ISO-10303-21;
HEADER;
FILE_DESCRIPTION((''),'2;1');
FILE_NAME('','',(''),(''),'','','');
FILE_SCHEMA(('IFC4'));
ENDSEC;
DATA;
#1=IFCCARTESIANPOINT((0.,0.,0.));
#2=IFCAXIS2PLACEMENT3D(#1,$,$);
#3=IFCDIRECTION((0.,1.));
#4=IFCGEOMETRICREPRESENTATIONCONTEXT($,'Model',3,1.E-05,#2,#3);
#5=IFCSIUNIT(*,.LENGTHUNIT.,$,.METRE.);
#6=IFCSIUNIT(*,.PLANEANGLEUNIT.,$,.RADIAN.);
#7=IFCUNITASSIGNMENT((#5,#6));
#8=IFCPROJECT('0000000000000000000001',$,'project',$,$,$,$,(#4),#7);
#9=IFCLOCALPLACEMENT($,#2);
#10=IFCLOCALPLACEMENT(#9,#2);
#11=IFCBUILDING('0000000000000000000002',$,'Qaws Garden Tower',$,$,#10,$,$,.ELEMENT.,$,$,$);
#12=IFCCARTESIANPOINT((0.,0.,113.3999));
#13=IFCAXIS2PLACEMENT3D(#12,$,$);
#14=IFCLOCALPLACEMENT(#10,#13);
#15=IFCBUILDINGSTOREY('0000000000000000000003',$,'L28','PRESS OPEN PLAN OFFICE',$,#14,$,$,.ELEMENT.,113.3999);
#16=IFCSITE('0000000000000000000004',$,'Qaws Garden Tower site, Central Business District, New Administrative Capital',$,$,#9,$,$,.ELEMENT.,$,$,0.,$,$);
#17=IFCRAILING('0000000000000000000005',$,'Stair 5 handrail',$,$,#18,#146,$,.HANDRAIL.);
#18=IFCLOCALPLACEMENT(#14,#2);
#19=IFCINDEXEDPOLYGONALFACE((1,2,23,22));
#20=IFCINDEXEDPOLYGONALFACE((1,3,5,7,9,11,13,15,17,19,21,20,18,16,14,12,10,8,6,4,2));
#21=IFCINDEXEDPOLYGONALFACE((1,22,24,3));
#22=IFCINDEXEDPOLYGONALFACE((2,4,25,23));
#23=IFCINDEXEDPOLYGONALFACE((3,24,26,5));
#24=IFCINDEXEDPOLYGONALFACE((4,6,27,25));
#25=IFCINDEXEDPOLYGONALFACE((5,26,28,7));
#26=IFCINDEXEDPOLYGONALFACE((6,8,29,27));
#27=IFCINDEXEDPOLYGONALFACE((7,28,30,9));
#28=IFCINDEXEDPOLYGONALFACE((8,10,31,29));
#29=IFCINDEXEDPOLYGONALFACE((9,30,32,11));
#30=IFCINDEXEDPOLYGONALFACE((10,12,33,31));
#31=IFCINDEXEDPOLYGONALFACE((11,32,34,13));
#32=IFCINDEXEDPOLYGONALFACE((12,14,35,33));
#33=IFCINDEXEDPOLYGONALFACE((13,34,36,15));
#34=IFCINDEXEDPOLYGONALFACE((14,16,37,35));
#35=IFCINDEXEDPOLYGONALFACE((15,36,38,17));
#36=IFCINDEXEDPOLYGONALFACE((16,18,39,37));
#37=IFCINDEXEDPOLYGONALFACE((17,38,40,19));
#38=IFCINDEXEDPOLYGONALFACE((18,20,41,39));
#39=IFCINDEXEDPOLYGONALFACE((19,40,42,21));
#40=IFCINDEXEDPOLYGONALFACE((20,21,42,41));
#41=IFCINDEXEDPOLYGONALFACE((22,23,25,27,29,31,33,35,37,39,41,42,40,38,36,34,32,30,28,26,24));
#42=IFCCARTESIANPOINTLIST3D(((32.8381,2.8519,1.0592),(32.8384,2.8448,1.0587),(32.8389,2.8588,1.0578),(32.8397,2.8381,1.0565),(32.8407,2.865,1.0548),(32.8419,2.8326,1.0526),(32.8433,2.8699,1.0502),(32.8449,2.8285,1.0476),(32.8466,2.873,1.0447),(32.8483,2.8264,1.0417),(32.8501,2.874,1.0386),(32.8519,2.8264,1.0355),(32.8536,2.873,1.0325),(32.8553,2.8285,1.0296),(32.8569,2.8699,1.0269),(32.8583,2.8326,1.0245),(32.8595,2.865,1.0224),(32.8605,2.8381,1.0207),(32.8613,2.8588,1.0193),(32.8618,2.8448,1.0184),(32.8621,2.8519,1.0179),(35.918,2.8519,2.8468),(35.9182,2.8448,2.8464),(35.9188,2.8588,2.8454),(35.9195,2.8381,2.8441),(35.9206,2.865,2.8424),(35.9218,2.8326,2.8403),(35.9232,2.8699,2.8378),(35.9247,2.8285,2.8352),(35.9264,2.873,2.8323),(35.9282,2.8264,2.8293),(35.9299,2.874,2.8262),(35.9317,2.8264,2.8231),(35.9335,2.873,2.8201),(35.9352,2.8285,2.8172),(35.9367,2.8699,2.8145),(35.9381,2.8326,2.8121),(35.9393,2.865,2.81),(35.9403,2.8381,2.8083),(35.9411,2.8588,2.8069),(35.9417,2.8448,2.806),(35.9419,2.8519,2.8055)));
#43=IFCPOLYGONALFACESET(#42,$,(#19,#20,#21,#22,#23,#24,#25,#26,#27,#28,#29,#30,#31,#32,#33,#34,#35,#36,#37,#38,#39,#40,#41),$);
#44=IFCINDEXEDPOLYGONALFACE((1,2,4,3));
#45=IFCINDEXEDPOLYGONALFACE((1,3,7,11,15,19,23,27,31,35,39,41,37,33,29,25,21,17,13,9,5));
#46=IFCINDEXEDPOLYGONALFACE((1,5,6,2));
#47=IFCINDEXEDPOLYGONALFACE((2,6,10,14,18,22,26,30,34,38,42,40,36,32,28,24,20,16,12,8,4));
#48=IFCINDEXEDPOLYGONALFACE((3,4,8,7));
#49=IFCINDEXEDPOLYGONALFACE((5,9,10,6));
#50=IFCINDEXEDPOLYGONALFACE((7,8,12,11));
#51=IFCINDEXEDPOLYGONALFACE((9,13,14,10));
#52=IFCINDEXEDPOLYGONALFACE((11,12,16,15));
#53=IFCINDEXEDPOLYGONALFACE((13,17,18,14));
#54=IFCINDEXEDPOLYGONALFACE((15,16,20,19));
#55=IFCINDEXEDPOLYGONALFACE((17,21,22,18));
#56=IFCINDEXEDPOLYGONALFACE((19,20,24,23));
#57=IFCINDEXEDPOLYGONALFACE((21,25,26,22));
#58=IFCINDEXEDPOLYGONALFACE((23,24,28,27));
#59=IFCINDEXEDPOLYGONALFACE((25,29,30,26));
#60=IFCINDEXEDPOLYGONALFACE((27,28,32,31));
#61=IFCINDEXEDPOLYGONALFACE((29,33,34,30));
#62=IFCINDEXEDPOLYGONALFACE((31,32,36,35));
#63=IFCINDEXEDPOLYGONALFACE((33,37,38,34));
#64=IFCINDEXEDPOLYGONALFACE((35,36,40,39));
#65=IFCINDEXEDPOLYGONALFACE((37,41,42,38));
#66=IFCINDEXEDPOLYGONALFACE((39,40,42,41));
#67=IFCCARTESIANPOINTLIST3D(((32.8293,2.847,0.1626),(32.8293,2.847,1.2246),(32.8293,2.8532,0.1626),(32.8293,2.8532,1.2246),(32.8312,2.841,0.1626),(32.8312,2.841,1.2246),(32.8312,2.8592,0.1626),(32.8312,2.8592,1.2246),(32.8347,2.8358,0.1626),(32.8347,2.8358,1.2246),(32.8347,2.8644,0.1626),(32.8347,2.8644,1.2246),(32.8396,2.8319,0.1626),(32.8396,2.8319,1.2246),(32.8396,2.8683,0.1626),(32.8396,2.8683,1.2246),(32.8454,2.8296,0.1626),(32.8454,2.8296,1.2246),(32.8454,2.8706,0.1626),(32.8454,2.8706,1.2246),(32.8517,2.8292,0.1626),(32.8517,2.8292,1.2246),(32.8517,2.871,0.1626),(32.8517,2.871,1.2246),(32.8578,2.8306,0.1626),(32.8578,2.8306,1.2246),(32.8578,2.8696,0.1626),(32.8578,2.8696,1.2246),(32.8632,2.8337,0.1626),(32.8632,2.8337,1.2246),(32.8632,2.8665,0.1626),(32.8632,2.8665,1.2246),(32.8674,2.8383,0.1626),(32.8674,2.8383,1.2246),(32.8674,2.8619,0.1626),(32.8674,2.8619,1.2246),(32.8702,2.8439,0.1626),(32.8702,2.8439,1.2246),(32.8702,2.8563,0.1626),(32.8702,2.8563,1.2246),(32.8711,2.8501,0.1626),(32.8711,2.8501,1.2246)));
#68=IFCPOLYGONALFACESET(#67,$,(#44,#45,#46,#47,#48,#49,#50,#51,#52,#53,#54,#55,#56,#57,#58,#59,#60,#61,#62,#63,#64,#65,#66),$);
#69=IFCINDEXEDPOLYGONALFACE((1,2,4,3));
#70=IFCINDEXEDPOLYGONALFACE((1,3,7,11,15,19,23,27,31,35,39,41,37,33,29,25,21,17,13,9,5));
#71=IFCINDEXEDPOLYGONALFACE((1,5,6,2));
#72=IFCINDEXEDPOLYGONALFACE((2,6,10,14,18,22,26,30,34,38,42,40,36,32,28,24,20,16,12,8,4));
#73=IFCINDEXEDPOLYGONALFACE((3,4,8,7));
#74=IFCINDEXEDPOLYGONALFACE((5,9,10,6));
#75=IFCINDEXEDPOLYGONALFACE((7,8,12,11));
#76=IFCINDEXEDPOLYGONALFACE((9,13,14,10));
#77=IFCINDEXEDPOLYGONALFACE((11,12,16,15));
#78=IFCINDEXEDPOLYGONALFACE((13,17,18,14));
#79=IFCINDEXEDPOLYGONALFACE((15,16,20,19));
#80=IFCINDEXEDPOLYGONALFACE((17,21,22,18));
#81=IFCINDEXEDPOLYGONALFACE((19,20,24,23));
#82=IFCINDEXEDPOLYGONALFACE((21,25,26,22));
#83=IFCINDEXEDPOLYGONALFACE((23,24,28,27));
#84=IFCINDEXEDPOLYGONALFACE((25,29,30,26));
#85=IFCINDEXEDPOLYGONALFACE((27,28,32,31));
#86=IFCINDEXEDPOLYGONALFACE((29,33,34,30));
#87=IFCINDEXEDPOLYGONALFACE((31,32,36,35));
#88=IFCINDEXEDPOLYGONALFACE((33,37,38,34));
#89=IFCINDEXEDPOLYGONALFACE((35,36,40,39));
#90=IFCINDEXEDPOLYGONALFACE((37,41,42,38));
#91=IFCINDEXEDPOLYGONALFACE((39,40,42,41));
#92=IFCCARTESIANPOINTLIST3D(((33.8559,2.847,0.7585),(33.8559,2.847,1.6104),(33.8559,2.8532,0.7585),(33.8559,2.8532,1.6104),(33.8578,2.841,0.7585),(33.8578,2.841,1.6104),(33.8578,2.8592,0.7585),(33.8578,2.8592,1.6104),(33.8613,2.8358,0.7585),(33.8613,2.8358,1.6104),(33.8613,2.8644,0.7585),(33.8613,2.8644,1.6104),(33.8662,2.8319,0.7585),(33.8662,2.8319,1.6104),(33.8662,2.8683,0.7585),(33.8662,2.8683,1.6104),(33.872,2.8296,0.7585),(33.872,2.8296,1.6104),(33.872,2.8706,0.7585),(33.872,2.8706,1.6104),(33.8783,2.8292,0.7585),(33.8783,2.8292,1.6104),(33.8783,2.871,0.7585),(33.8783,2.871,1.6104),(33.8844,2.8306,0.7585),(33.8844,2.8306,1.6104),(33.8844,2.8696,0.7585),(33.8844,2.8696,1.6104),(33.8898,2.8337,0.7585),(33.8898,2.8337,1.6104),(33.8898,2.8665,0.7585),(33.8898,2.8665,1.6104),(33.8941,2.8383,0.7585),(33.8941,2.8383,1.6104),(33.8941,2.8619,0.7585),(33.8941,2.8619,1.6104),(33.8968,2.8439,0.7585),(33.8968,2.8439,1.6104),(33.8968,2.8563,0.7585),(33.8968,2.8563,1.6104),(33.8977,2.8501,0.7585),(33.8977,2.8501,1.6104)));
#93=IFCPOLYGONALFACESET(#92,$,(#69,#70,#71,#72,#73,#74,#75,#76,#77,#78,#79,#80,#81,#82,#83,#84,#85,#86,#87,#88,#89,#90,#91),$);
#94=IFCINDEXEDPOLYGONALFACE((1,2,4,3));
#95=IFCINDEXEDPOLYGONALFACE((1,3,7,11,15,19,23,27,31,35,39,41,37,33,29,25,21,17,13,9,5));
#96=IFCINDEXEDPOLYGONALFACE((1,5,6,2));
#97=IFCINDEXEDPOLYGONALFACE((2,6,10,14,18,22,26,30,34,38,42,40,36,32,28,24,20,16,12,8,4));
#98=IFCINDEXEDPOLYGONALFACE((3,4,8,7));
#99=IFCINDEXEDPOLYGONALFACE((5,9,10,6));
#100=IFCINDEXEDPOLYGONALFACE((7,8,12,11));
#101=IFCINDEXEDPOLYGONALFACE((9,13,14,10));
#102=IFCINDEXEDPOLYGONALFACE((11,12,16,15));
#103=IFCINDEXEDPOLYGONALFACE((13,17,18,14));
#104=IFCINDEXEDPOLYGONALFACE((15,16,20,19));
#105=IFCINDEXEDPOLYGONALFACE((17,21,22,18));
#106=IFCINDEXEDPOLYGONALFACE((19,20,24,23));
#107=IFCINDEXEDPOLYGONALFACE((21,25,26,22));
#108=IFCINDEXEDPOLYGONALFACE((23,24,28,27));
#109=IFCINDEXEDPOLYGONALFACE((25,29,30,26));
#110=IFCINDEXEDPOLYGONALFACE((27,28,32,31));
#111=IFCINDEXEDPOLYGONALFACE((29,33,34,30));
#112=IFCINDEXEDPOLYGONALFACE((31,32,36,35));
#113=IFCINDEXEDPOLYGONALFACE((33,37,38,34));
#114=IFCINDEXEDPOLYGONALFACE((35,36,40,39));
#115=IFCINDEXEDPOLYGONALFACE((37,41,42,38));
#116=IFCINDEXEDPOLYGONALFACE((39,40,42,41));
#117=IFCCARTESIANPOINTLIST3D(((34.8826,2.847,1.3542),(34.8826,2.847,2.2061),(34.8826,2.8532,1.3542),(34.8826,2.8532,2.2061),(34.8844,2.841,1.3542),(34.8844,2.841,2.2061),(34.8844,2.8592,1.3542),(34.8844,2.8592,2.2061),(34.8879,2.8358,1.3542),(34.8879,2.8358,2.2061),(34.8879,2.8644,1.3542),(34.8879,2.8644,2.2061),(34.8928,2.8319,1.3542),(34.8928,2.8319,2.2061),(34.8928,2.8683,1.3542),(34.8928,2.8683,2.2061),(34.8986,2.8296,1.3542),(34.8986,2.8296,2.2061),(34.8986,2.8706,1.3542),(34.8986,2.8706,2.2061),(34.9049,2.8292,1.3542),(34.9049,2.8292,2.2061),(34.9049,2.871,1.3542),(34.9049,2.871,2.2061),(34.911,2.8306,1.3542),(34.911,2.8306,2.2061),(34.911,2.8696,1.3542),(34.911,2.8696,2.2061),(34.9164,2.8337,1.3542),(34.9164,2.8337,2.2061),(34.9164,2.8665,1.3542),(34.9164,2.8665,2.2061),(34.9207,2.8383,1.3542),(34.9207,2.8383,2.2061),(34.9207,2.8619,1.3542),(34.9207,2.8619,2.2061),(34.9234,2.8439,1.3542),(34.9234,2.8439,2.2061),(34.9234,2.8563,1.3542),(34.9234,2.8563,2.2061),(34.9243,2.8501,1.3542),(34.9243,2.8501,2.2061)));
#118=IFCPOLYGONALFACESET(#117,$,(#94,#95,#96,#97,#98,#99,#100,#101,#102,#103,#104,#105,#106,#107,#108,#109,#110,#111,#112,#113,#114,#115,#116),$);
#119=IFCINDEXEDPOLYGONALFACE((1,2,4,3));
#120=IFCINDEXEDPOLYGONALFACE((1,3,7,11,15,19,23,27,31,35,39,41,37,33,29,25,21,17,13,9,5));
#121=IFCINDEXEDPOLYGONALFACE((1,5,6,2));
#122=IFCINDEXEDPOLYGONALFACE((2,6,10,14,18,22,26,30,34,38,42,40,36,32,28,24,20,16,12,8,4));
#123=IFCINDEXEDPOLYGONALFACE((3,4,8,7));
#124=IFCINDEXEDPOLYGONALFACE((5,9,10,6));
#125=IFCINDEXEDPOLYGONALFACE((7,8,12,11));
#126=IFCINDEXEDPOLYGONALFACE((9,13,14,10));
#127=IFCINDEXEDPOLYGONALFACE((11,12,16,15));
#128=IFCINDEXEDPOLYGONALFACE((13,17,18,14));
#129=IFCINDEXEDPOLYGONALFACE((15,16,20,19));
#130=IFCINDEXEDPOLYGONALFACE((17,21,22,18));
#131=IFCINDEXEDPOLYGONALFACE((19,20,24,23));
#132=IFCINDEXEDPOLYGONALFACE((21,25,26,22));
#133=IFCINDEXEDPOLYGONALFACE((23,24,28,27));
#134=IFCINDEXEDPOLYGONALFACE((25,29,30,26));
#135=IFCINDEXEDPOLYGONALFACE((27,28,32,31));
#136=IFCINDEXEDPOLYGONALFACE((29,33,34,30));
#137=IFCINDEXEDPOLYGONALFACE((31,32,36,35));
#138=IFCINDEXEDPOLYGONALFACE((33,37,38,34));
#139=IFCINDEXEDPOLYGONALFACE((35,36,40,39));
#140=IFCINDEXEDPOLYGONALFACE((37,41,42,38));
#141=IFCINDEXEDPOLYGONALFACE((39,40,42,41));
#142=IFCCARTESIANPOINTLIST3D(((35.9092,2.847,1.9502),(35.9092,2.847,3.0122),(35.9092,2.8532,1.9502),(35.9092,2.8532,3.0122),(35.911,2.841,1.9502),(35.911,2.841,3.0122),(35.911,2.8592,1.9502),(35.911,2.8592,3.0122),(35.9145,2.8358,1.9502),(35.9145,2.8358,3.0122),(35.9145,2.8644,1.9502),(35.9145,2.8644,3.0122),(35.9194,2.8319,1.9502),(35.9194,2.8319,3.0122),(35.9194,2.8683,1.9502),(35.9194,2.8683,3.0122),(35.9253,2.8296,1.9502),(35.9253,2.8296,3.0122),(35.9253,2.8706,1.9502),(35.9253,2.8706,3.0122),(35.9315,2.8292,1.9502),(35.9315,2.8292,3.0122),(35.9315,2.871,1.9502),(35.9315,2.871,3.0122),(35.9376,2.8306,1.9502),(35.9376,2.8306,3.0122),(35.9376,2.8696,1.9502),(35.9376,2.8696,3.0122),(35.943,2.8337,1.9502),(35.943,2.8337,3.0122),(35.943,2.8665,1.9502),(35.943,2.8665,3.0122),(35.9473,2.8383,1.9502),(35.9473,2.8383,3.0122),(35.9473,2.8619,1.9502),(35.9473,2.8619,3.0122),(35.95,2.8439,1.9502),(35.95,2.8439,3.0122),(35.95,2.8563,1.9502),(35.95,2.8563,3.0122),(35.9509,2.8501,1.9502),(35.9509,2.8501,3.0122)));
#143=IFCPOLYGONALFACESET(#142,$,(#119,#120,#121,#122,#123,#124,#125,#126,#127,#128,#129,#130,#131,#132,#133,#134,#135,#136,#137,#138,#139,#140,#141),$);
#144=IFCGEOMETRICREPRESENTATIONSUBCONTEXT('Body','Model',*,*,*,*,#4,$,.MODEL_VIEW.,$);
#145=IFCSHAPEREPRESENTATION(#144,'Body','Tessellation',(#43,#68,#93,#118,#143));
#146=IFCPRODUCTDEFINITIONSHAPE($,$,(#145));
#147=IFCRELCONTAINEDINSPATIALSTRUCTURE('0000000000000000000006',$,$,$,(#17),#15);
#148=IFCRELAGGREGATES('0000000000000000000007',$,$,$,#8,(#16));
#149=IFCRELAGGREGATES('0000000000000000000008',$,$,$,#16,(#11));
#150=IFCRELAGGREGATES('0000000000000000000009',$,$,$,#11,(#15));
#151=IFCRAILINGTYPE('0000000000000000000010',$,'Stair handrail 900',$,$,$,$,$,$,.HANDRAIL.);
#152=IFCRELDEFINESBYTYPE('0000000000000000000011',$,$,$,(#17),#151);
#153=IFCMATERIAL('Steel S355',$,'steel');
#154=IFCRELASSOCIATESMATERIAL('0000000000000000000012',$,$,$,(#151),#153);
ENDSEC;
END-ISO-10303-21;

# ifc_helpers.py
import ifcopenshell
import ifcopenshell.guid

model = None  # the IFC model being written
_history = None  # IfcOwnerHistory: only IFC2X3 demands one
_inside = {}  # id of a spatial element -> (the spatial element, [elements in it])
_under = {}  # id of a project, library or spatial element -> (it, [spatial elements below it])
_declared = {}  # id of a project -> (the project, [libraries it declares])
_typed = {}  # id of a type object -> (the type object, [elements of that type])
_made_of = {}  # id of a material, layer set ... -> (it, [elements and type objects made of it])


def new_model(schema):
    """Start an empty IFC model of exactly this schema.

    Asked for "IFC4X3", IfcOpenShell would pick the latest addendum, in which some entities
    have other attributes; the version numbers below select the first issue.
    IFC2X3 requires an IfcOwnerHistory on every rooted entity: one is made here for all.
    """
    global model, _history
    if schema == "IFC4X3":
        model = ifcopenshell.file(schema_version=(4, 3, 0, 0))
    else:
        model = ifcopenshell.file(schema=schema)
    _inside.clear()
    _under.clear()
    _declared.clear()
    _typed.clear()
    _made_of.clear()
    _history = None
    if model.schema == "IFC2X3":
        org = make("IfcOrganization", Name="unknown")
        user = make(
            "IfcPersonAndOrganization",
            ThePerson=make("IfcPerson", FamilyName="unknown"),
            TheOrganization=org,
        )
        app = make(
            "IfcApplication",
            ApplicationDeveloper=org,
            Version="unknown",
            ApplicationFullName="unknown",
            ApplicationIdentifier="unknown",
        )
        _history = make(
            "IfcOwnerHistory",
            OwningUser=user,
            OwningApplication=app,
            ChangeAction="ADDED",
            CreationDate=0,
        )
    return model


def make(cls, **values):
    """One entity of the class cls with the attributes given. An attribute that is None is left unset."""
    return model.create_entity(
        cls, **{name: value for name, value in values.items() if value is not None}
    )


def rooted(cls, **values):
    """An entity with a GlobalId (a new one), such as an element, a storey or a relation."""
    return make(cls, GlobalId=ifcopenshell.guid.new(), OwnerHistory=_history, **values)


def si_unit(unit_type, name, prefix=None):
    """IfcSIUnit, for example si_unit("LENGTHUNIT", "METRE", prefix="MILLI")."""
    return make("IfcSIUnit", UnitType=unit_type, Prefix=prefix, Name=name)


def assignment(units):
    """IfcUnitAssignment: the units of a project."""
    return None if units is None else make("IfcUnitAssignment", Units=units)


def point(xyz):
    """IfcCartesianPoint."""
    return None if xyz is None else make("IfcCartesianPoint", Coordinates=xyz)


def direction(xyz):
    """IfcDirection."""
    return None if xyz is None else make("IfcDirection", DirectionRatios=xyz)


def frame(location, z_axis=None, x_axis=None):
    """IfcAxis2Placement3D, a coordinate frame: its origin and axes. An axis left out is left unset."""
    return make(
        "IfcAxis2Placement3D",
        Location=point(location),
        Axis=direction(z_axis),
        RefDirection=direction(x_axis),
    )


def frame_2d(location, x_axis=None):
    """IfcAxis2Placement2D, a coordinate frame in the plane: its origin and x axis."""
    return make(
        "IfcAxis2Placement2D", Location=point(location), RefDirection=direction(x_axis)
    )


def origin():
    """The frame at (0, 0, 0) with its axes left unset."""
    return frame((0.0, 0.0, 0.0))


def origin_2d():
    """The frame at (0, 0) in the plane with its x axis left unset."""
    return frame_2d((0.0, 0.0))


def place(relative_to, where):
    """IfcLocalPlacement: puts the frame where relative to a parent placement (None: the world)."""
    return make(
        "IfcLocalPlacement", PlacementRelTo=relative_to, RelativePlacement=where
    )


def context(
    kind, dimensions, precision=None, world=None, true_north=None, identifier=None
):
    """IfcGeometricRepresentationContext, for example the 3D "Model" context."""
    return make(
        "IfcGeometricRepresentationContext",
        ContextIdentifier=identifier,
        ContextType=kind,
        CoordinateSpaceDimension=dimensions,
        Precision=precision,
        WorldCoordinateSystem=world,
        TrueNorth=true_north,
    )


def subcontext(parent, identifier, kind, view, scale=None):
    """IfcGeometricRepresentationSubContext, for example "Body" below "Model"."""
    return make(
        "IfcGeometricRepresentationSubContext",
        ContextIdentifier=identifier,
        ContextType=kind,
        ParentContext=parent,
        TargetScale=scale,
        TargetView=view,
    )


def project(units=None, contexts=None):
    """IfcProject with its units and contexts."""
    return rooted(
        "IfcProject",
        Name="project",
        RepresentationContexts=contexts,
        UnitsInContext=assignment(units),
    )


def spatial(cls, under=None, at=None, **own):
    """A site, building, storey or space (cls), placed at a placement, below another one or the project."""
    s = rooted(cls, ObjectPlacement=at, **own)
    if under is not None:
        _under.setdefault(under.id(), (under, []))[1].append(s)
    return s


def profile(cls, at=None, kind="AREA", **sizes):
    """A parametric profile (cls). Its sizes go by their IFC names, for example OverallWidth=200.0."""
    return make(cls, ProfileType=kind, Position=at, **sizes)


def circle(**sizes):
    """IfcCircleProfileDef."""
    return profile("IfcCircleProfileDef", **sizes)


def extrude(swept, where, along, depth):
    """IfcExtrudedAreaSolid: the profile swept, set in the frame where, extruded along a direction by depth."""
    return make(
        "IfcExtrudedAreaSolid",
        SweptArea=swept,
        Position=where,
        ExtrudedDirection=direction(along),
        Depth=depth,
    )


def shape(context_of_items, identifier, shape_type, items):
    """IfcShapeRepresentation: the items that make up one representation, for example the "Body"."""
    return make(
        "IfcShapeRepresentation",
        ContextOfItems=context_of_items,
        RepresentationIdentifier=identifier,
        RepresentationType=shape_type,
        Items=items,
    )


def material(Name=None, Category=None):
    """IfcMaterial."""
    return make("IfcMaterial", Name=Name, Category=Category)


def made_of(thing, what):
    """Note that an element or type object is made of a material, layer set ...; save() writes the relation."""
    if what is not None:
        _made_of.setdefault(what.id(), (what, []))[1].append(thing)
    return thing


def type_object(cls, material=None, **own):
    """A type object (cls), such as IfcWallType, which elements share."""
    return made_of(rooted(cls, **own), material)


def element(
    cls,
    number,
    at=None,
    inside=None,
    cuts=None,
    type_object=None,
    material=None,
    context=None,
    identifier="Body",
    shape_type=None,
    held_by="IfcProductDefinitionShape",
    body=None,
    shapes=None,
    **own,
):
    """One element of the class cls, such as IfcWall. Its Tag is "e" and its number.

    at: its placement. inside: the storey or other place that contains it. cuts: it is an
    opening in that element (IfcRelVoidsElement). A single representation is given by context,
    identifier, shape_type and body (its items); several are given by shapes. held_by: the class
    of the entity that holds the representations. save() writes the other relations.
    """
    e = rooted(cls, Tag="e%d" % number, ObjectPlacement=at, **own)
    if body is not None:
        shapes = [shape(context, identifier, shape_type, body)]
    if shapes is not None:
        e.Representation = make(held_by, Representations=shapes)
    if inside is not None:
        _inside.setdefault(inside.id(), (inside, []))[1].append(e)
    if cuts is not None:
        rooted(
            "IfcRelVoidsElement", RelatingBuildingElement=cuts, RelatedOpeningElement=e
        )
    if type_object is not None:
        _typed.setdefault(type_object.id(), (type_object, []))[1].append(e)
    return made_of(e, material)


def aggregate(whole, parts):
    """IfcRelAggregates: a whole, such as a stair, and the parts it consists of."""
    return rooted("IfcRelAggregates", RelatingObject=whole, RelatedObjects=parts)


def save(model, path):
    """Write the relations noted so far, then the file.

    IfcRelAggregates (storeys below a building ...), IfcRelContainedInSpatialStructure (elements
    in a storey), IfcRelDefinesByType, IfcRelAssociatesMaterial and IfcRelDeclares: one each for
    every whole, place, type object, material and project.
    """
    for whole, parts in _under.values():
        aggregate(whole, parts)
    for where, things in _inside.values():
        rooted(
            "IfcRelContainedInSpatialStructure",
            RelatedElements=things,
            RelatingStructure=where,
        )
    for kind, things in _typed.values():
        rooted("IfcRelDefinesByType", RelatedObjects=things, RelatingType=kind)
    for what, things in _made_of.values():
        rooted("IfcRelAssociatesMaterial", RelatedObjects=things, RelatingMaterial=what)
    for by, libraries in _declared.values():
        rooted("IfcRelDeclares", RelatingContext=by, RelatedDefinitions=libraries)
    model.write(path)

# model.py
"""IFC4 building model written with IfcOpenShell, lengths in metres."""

from ifc_helpers import new_model, si_unit, direction, frame, origin, origin_2d, place, context, subcontext, project, spatial, circle, extrude, material, type_object, element, save


model = new_model("IFC4")

# Units and contexts
model_context = context("Model", 3, precision=1e-05, world=origin(), true_north=direction((0.0, 1.0)))
body_context = subcontext(model_context, "Body", "Model", "MODEL_VIEW")
ifc_project = project(units=[si_unit("LENGTHUNIT", "METRE"), si_unit("PLANEANGLEUNIT", "RADIAN")], contexts=[model_context])

# Site, building, storey
site_placement = place(None, origin())
site = spatial("IfcSite", under=ifc_project, at=site_placement, Name="Qaws Garden Tower site, Central Business District, New Administrative Capital", CompositionType="ELEMENT", RefElevation=0.0)
building_placement = place(site_placement, origin())
building = spatial("IfcBuilding", under=site, at=building_placement, Name="Qaws Garden Tower", CompositionType="ELEMENT")
storey_placement = place(building_placement, frame((0.0, 0.0, 113.3999)))
storey = spatial("IfcBuildingStorey", under=building, at=storey_placement, Name="L28", Description="PRESS OPEN PLAN OFFICE", CompositionType="ELEMENT", Elevation=113.3999)

# Railing
ifc_material_1 = material(Name="Steel S355", Category="steel")
railing_type = type_object("IfcRailingType", Name="Stair handrail 900", PredefinedType="HANDRAIL", material=ifc_material_1)
railing_1_placement = place(storey_placement, frame((32.8501, 2.8501, 0.1626)))
element("IfcRailing", 1, at=railing_1_placement, inside=storey, type_object=railing_type, Name="Stair 5 handrail", PredefinedType="HANDRAIL", context=body_context, shape_type="SweptSolid", body=[
    extrude(circle(Radius=0.0239, at=origin_2d()), frame((0.0, 0.0, 0.876), z_axis=(0.864873, 0.0, 0.50199), x_axis=(0.0, 1.0, 0.0)), (0.0, 0.0, 1.0), 3.561),
    extrude(circle(Radius=0.021, at=origin_2d()), origin(), (0.0, 0.0, 1.0), 1.062),
    extrude(circle(Radius=0.021, at=origin_2d()), frame((1.0266, 0.0, 0.5959)), (0.0, 0.0, 1.0), 0.8518),
    extrude(circle(Radius=0.021, at=origin_2d()), frame((2.0532, 0.0, 1.1917)), (0.0, 0.0, 1.0), 0.8518),
    extrude(circle(Radius=0.021, at=origin_2d()), frame((3.0798, 0.0, 1.7876)), (0.0, 0.0, 1.0), 1.062),
])

save(model, "model.ifc")
